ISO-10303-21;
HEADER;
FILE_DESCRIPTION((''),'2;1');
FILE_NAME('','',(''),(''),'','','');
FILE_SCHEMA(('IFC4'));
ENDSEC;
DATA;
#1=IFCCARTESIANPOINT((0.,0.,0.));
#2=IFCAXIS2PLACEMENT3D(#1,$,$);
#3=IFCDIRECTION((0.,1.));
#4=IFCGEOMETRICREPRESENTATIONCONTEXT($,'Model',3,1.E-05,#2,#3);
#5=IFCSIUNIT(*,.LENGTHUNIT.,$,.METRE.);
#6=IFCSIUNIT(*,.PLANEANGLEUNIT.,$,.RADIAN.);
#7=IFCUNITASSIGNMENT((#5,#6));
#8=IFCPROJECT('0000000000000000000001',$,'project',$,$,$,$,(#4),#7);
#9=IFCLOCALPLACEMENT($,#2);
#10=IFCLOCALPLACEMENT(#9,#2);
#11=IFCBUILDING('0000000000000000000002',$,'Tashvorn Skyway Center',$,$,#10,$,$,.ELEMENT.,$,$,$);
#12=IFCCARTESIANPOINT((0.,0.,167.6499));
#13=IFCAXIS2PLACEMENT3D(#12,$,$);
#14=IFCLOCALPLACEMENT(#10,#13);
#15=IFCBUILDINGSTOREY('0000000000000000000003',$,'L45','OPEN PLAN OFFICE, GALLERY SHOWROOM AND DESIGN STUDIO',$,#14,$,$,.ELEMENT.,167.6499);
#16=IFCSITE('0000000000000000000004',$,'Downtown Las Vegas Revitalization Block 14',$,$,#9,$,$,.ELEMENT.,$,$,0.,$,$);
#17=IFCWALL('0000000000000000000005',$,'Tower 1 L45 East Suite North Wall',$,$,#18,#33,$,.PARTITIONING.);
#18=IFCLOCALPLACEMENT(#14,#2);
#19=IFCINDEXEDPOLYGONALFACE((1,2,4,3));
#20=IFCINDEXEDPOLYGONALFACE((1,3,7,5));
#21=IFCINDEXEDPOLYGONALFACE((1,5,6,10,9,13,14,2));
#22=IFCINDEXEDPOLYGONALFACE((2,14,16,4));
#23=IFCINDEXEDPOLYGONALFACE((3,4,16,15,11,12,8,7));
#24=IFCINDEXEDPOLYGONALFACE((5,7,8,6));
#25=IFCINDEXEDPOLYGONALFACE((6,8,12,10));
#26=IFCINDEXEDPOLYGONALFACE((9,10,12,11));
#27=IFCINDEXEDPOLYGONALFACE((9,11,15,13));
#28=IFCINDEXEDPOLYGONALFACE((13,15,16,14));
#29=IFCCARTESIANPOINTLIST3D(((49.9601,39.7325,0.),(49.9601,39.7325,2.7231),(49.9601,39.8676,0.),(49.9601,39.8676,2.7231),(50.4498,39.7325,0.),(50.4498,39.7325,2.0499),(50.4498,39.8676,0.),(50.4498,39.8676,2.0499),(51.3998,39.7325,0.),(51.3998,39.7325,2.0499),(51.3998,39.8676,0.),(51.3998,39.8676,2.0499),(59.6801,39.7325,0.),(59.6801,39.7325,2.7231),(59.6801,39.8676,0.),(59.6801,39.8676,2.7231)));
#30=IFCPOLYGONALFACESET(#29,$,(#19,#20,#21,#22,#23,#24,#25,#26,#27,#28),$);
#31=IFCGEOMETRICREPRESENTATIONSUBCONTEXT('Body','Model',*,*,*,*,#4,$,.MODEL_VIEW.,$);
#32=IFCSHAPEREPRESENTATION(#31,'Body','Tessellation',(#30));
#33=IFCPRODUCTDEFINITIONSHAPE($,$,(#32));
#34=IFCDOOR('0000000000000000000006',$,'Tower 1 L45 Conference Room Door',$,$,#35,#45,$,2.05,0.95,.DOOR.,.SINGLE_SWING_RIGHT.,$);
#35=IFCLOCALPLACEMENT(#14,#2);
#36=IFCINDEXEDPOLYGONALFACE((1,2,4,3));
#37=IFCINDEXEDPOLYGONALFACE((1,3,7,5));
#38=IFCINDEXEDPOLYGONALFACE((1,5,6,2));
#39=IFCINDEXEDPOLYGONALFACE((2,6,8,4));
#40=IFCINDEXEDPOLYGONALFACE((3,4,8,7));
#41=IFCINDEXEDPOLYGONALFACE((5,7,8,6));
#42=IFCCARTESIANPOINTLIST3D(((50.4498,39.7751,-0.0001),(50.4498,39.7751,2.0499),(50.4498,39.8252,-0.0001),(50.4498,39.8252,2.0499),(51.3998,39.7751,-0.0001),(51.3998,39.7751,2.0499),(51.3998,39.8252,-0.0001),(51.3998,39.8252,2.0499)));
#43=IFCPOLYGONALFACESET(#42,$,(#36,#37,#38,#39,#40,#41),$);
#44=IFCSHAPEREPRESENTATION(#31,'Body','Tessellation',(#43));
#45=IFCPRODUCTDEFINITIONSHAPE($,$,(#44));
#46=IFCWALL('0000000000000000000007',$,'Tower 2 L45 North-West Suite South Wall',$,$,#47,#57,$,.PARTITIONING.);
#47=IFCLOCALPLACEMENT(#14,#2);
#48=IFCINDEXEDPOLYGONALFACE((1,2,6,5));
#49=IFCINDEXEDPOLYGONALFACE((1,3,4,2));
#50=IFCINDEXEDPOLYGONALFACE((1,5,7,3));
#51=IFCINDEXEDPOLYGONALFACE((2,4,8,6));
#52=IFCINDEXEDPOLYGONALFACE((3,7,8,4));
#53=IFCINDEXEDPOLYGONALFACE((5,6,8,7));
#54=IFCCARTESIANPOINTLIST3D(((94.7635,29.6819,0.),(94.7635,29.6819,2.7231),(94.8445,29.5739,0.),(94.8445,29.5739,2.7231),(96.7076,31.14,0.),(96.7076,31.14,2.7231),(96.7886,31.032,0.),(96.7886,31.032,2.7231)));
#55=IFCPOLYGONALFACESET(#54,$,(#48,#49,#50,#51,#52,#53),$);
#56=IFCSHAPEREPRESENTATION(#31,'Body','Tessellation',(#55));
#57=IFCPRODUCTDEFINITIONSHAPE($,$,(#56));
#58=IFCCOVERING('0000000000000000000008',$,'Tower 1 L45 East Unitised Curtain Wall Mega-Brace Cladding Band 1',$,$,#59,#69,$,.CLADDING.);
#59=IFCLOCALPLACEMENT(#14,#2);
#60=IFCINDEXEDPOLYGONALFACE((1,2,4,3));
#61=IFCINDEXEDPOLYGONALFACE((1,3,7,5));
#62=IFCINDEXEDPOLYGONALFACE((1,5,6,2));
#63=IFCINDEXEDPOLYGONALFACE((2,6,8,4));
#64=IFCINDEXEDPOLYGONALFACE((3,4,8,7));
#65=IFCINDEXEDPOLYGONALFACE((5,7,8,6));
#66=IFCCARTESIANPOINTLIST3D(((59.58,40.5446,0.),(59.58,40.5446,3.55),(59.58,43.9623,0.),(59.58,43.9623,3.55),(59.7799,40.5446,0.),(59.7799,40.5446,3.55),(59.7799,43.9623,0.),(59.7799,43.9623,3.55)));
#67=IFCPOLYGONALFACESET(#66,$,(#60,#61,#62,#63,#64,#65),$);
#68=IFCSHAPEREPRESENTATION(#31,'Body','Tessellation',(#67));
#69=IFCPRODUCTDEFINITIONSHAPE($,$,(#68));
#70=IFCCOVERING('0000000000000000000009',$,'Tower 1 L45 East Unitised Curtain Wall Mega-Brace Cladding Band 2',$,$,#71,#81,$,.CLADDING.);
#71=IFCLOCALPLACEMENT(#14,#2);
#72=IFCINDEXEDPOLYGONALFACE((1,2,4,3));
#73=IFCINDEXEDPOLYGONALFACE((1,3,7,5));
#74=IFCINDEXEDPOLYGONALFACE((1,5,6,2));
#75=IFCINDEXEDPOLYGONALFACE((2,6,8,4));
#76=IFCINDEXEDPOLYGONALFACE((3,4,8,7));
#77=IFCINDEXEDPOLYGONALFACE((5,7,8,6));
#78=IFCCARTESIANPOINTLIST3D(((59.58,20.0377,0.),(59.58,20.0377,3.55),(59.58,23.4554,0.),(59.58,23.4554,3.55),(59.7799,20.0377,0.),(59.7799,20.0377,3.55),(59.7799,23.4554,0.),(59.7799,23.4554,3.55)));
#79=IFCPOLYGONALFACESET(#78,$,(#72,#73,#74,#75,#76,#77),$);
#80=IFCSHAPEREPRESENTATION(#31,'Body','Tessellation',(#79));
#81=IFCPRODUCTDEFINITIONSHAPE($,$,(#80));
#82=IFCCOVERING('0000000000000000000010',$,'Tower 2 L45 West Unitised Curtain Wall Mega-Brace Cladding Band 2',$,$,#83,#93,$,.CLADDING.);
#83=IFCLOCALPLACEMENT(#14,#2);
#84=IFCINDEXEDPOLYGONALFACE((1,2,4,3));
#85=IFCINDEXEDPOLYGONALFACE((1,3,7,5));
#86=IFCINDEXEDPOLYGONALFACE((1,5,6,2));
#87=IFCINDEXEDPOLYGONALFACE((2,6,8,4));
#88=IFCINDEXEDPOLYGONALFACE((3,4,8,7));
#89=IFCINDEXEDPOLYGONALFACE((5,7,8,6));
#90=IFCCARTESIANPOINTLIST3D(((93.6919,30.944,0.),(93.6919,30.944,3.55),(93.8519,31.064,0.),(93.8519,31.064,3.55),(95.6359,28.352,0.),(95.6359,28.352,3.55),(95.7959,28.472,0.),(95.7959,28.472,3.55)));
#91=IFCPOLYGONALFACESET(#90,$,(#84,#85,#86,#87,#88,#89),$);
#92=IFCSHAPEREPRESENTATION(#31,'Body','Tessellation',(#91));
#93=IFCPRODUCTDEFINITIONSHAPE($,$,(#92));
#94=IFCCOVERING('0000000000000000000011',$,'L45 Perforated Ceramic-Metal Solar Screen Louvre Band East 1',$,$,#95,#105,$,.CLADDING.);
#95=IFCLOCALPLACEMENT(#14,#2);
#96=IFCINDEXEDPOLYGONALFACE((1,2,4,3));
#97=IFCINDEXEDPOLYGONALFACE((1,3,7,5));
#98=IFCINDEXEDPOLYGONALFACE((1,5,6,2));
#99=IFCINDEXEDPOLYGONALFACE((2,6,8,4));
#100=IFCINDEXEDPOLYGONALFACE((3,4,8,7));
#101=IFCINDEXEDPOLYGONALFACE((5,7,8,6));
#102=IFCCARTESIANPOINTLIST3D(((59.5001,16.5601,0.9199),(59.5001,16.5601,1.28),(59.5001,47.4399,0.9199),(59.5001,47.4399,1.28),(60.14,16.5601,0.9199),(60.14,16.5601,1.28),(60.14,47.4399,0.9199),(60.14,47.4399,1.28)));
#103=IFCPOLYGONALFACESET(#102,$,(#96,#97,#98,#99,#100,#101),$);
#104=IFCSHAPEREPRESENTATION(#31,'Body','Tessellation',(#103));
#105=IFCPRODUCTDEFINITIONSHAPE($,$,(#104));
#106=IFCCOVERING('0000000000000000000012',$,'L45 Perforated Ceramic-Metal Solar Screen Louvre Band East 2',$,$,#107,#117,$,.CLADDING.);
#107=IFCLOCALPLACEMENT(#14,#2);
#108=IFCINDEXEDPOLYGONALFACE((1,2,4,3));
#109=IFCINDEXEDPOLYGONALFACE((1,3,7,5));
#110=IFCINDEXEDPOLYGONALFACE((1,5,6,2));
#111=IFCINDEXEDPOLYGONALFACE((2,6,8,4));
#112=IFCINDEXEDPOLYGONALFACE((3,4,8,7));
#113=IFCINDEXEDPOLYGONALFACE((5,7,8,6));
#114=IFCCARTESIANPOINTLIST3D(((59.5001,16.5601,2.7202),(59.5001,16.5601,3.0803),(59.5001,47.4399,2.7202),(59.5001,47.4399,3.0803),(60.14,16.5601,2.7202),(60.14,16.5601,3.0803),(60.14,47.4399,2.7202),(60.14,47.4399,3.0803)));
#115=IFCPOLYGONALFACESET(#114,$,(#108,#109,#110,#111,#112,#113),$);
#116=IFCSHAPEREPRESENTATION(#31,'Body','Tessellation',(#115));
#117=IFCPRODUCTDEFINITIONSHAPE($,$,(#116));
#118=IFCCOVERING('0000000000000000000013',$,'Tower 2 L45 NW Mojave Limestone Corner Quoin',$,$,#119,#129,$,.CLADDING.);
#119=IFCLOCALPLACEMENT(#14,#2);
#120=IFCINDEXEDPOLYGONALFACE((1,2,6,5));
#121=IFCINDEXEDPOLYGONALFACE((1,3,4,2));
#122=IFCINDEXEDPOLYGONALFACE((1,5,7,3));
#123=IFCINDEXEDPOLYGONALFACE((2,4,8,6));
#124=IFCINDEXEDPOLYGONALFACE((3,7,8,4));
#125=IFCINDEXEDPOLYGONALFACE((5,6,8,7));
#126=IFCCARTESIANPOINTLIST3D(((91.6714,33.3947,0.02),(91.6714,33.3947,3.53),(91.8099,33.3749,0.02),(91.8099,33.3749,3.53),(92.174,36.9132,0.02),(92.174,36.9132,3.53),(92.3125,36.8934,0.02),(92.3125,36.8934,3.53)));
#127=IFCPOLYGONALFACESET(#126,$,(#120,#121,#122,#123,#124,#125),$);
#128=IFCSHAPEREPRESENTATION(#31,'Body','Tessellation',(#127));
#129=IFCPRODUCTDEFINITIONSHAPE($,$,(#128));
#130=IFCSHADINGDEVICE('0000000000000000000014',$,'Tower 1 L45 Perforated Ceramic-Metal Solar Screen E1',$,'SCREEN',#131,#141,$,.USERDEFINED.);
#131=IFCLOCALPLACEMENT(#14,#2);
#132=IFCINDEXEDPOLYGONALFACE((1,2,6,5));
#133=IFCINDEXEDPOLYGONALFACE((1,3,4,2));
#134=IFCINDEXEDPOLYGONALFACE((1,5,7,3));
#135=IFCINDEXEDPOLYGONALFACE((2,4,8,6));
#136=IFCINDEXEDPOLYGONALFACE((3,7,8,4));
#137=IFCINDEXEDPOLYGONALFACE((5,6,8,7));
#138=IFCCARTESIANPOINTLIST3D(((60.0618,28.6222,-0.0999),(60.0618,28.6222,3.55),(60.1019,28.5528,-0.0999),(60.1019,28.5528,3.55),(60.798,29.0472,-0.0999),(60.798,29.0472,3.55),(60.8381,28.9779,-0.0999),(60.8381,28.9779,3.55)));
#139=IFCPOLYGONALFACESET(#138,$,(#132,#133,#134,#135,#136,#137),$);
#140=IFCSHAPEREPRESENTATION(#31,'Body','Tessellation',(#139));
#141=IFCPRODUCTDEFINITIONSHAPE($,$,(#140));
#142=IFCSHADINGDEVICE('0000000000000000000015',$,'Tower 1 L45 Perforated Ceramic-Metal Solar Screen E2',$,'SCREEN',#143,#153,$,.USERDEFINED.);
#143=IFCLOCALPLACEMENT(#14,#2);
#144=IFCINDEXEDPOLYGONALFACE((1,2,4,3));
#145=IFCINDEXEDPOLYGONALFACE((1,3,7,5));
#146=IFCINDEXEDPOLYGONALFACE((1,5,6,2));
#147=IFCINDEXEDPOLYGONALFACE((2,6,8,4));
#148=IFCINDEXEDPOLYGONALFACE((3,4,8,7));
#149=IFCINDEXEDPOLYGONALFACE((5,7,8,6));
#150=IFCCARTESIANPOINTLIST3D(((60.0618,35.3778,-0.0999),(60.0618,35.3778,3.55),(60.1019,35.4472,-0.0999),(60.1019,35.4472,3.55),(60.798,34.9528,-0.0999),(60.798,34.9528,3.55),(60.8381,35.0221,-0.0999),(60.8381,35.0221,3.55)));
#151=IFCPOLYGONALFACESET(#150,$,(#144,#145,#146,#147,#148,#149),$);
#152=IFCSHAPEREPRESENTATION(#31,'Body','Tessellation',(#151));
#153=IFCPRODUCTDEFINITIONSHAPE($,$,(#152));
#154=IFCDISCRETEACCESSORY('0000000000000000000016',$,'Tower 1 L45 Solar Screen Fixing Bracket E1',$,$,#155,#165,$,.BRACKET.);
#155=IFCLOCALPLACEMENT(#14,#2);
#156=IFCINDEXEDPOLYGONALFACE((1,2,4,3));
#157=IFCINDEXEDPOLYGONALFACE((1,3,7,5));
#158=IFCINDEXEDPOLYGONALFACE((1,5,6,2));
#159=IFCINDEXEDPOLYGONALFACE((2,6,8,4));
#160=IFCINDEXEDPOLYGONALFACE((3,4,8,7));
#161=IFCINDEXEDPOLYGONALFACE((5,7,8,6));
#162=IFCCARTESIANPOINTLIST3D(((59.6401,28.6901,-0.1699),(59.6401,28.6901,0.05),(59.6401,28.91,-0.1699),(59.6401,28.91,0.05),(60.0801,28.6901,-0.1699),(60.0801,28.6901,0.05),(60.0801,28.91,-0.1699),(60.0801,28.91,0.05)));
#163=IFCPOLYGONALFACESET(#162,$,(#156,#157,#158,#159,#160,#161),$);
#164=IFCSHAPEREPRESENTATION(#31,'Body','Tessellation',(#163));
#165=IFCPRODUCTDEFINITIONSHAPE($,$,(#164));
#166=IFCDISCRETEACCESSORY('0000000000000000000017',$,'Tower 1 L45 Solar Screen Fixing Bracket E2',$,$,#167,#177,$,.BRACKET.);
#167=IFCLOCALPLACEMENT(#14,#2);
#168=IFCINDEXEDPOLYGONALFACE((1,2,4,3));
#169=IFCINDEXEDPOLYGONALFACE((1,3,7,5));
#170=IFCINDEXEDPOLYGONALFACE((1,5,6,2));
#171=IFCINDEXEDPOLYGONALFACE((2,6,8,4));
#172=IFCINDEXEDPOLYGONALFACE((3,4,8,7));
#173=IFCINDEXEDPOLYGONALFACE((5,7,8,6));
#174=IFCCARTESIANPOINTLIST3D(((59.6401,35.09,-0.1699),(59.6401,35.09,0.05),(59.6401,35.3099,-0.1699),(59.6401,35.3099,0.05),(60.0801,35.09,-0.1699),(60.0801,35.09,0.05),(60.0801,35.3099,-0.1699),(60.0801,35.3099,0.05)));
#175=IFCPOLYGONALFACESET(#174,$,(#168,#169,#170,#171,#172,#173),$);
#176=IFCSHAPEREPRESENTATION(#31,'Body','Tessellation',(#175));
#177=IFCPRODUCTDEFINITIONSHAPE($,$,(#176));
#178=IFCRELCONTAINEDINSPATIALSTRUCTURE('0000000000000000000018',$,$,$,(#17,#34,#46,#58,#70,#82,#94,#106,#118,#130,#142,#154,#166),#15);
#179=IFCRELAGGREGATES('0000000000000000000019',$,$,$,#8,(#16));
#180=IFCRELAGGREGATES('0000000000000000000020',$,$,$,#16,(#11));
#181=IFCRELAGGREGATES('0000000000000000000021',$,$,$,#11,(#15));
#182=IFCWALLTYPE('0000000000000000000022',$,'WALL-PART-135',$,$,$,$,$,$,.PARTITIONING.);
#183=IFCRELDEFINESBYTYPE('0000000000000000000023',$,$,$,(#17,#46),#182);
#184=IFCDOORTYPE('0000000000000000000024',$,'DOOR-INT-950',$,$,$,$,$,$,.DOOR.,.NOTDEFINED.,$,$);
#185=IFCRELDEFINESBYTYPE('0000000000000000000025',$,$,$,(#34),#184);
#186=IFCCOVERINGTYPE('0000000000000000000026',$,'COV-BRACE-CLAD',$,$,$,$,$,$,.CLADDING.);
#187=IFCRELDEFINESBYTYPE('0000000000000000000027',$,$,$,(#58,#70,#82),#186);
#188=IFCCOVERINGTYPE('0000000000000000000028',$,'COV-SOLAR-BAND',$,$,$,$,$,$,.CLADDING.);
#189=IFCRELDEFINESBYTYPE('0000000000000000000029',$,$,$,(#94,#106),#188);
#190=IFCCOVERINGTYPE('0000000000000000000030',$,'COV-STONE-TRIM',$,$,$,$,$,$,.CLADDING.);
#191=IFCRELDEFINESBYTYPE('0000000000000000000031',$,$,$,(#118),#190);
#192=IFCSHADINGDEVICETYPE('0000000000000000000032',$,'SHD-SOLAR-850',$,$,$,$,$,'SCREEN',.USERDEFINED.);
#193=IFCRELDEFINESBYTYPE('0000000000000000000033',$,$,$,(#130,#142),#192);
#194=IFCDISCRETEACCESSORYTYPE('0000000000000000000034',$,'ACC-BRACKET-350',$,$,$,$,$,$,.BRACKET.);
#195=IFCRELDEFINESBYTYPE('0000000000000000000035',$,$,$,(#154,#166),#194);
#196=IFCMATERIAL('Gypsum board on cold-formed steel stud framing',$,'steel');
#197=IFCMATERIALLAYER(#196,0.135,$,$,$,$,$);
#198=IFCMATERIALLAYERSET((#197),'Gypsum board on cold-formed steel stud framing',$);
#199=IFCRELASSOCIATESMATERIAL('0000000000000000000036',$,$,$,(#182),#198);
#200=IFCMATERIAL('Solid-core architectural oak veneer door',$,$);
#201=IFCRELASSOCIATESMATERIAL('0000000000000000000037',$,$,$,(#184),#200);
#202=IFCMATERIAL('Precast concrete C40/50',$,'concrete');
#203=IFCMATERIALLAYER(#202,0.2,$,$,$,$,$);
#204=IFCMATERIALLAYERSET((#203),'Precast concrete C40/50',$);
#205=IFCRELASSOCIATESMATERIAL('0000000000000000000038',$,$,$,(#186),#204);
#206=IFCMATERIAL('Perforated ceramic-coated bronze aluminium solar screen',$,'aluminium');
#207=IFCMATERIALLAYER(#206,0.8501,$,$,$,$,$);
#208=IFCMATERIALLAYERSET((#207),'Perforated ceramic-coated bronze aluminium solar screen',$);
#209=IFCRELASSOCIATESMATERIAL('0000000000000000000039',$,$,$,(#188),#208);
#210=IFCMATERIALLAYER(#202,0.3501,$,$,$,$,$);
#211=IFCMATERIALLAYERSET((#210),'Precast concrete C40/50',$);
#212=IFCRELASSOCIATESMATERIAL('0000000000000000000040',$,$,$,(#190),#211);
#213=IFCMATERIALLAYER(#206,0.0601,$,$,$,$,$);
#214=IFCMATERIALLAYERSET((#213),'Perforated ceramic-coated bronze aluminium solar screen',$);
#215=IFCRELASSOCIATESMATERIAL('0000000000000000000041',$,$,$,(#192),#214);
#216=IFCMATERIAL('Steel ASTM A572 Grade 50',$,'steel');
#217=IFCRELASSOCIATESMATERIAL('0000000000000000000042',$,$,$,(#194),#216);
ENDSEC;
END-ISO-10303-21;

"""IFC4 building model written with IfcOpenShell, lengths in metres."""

from ifc_helpers import new_model, si_unit, direction, frame, frame_2d, origin, origin_2d, place, context, subcontext, project, spatial, rectangle, extrude, material, layer, layer_set, type_object, element, fill, save


model = new_model("IFC4")

# Units and contexts
model_context = context("Model", 3, precision=1e-05, world=origin(), true_north=direction((0.0, 1.0)))
body_context = subcontext(model_context, "Body", "Model", "MODEL_VIEW")
ifc_project = project(units=[si_unit("LENGTHUNIT", "METRE"), si_unit("PLANEANGLEUNIT", "RADIAN")], contexts=[model_context])

# Site, building, storey
site_placement = place(None, origin())
site = spatial("IfcSite", under=ifc_project, at=site_placement, Name="Downtown Las Vegas Revitalization Block 14", CompositionType="ELEMENT", RefElevation=0.0)
building_placement = place(site_placement, origin())
building = spatial("IfcBuilding", under=site, at=building_placement, Name="Tashvorn Skyway Center", CompositionType="ELEMENT")
storey_placement = place(building_placement, frame((0.0, 0.0, 167.6499)))
storey = spatial("IfcBuildingStorey", under=building, at=storey_placement, Name="L45", Description="OPEN PLAN OFFICE, GALLERY SHOWROOM AND DESIGN STUDIO", CompositionType="ELEMENT", Elevation=167.6499)

# Shared definitions
ifc_material_1 = material(Name="Steel ASTM A572 Grade 50", Category="steel")

# Shared definitions
ifc_material_2 = material(Name="Precast concrete C40/50", Category="concrete")

# Wall, opening, door
ifc_material_3 = material(Name="Gypsum board on cold-formed steel stud framing", Category="steel")
ifc_layer_1 = layer(ifc_material_3, 0.135)
ifc_layer_set_1 = layer_set([ifc_layer_1], Name="Gypsum board on cold-formed steel stud framing")
wall_type_1 = type_object("IfcWallType", Name="WALL-PART-135", PredefinedType="PARTITIONING", material=ifc_layer_set_1)
wall_1_placement = place(storey_placement, frame((59.6799, 39.8, 0.0), z_axis=(0.0, 0.0, 1.0), x_axis=(-1.0, 0.0, 0.0)))
wall_1 = element("IfcWall", 1, at=wall_1_placement, inside=storey, type_object=wall_type_1, Name="Tower 1 L45 East Suite North Wall", PredefinedType="PARTITIONING", context=body_context, shape_type="SweptSolid", body=[
    extrude(rectangle(XDim=9.72, YDim=0.135, at=frame_2d((4.8599, 0.0))), origin(), (0.0, 0.0, 1.0), 2.7231),
])
opening_placement = place(wall_1_placement, frame((8.28, 0.0, 0.0)))
opening = element("IfcOpeningElement", 2, at=opening_placement, cuts=wall_1, PredefinedType="OPENING", context=body_context, shape_type="SweptSolid", body=[
    extrude(rectangle(XDim=0.95, YDim=2.05, at=frame_2d((0.4751, 1.0249))), frame((0.0, 0.0774, 0.0), z_axis=(0.0, -1.0, 0.0), x_axis=(1.0, 0.0, 0.0)), (0.0, 0.0, 1.0), 0.155),
])
ifc_material_4 = material(Name="Solid-core architectural oak veneer door")
door_type = type_object("IfcDoorType", Name="DOOR-INT-950", OperationType="NOTDEFINED", PredefinedType="DOOR", material=ifc_material_4)
door_placement = place(opening_placement, origin())
door = element("IfcDoor", 3, at=door_placement, inside=storey, type_object=door_type, Name="Tower 1 L45 Conference Room Door", OperationType="SINGLE_SWING_RIGHT", OverallHeight=2.05, OverallWidth=0.95, PredefinedType="DOOR", context=body_context, shape_type="SweptSolid", body=[
    extrude(rectangle(XDim=0.95, YDim=2.05, at=frame_2d((0.4751, 1.0249))), frame((0.0, 0.0249, 0.0), z_axis=(0.0, -1.0, 0.0), x_axis=(1.0, 0.0, 0.0)), (0.0, 0.0, 1.0), 0.05),
])
fill(opening, door)

# Wall
wall_2_placement = place(storey_placement, frame((94.804, 29.6279, 0.0), z_axis=(0.0, 0.0, 1.0), x_axis=(0.800012, 0.599984, 0.0)))
element("IfcWall", 4, at=wall_2_placement, inside=storey, type_object=wall_type_1, Name="Tower 2 L45 North-West Suite South Wall", PredefinedType="PARTITIONING", context=body_context, shape_type="SweptSolid", body=[
    extrude(rectangle(XDim=2.4302, YDim=0.135, at=frame_2d((1.2151, 0.0))), origin(), (0.0, 0.0, 1.0), 2.7231),
])

# Coverings
ifc_layer_2 = layer(ifc_material_2, 0.2)
ifc_layer_set_2 = layer_set([ifc_layer_2], Name="Precast concrete C40/50")
covering_type_1 = type_object("IfcCoveringType", Name="COV-BRACE-CLAD", PredefinedType="CLADDING", material=ifc_layer_set_2)
for number, where, z_axis, x_axis, name in (
    (5, (59.6799, 42.2534, 0.0), (0.0, 0.0, 1.0), (0.0, -1.0, 0.0), "Tower 1 L45 East Unitised Curtain Wall Mega-Brace Cladding Band 1"),
    (6, (59.6799, 21.7466, 0.0), (0.0, 0.0, 1.0), (0.0, -1.0, 0.0), "Tower 1 L45 East Unitised Curtain Wall Mega-Brace Cladding Band 2"),
):
    element("IfcCovering", number, at=place(storey_placement, frame(where, z_axis=z_axis, x_axis=x_axis)), inside=storey, type_object=covering_type_1, Name=name, PredefinedType="CLADDING", context=body_context, shape_type="SweptSolid", body=[
        extrude(rectangle(XDim=3.4177, YDim=0.2, at=origin_2d()), origin(), (0.0, 0.0, 1.0), 3.55),
    ])
covering_1_placement = place(storey_placement, frame((94.7439, 29.708, 0.0), z_axis=(0.0, 0.0, 1.0), x_axis=(-0.6, 0.8, 0.0)))
element("IfcCovering", 7, at=covering_1_placement, inside=storey, type_object=covering_type_1, Name="Tower 2 L45 West Unitised Curtain Wall Mega-Brace Cladding Band 2", PredefinedType="CLADDING", context=body_context, shape_type="SweptSolid", body=[
    extrude(rectangle(XDim=3.24, YDim=0.2, at=origin_2d()), origin(), (0.0, 0.0, 1.0), 3.55),
])
ifc_material_5 = material(Name="Perforated ceramic-coated bronze aluminium solar screen", Category="aluminium")
ifc_layer_3 = layer(ifc_material_5, 0.8501)
ifc_layer_set_3 = layer_set([ifc_layer_3], Name="Perforated ceramic-coated bronze aluminium solar screen")
covering_type_2 = type_object("IfcCoveringType", Name="COV-SOLAR-BAND", PredefinedType="CLADDING", material=ifc_layer_set_3)
for number, where, z_axis, x_axis, name in (
    (8, (59.8201, 32.0, 0.9199), (0.0, 0.0, 1.0), (0.0, -1.0, 0.0), "L45 Perforated Ceramic-Metal Solar Screen Louvre Band East 1"),
    (9, (59.8201, 32.0, 2.7202), (0.0, 0.0, 1.0), (0.0, -1.0, 0.0), "L45 Perforated Ceramic-Metal Solar Screen Louvre Band East 2"),
):
    element("IfcCovering", number, at=place(storey_placement, frame(where, z_axis=z_axis, x_axis=x_axis)), inside=storey, type_object=covering_type_2, Name=name, PredefinedType="CLADDING", context=body_context, shape_type="SweptSolid", body=[
        extrude(rectangle(XDim=30.8799, YDim=0.6399, at=origin_2d()), origin(), (0.0, 0.0, 1.0), 0.3601),
    ])
ifc_layer_4 = layer(ifc_material_2, 0.3501)
ifc_layer_set_4 = layer_set([ifc_layer_4], Name="Precast concrete C40/50")
covering_type_3 = type_object("IfcCoveringType", Name="COV-STONE-TRIM", PredefinedType="CLADDING", material=ifc_layer_set_4)
covering_2_placement = place(storey_placement, frame((91.9919, 35.144, 0.02), z_axis=(0.0, 0.0, 1.0), x_axis=(-0.141421, -0.989949, 0.0)))
element("IfcCovering", 10, at=covering_2_placement, inside=storey, type_object=covering_type_3, Name="Tower 2 L45 NW Mojave Limestone Corner Quoin", PredefinedType="CLADDING", context=body_context, shape_type="SweptSolid", body=[
    extrude(rectangle(XDim=3.5542, YDim=0.1399, at=origin_2d()), origin(), (0.0, 0.0, 1.0), 3.51),
])

# Shading devices
ifc_layer_5 = layer(ifc_material_5, 0.0601)
ifc_layer_set_5 = layer_set([ifc_layer_5], Name="Perforated ceramic-coated bronze aluminium solar screen")
shading_device_type = type_object("IfcShadingDeviceType", Name="SHD-SOLAR-850", ElementType="SCREEN", PredefinedType="USERDEFINED", material=ifc_layer_set_5)
for number, where, z_axis, x_axis, name in (
    (11, (60.45, 28.8, -0.0999), (0.0, 0.0, 1.0), (0.5, -0.866025, 0.0), "Tower 1 L45 Perforated Ceramic-Metal Solar Screen E1"),
    (12, (60.45, 35.2, -0.0999), (0.0, 0.0, 1.0), (-0.5, -0.866025, 0.0), "Tower 1 L45 Perforated Ceramic-Metal Solar Screen E2"),
):
    element("IfcShadingDevice", number, at=place(storey_placement, frame(where, z_axis=z_axis, x_axis=x_axis)), inside=storey, type_object=shading_device_type, Name=name, ObjectType="SCREEN", PredefinedType="USERDEFINED", context=body_context, shape_type="SweptSolid", body=[
        extrude(rectangle(XDim=0.0801, YDim=0.8501, at=origin_2d()), origin(), (0.0, 0.0, 1.0), 3.6499),
    ])

# Discrete accessories
discrete_accessory_type = type_object("IfcDiscreteAccessoryType", Name="ACC-BRACKET-350", PredefinedType="BRACKET", material=ifc_material_1)
for number, where, z_axis, x_axis, name in (
    (13, (59.8601, 28.8, -0.1699), (0.0, 0.0, 1.0), (0.0, -1.0, 0.0), "Tower 1 L45 Solar Screen Fixing Bracket E1"),
    (14, (59.8601, 35.2, -0.1699), (0.0, 0.0, 1.0), (0.0, -1.0, 0.0), "Tower 1 L45 Solar Screen Fixing Bracket E2"),
):
    element("IfcDiscreteAccessory", number, at=place(storey_placement, frame(where, z_axis=z_axis, x_axis=x_axis)), inside=storey, type_object=discrete_accessory_type, Name=name, PredefinedType="BRACKET", context=body_context, shape_type="SweptSolid", body=[
        extrude(rectangle(XDim=0.22, YDim=0.4399, at=origin_2d()), origin(), (0.0, 0.0, 1.0), 0.22),
    ])

save(model, "model.ifc")
